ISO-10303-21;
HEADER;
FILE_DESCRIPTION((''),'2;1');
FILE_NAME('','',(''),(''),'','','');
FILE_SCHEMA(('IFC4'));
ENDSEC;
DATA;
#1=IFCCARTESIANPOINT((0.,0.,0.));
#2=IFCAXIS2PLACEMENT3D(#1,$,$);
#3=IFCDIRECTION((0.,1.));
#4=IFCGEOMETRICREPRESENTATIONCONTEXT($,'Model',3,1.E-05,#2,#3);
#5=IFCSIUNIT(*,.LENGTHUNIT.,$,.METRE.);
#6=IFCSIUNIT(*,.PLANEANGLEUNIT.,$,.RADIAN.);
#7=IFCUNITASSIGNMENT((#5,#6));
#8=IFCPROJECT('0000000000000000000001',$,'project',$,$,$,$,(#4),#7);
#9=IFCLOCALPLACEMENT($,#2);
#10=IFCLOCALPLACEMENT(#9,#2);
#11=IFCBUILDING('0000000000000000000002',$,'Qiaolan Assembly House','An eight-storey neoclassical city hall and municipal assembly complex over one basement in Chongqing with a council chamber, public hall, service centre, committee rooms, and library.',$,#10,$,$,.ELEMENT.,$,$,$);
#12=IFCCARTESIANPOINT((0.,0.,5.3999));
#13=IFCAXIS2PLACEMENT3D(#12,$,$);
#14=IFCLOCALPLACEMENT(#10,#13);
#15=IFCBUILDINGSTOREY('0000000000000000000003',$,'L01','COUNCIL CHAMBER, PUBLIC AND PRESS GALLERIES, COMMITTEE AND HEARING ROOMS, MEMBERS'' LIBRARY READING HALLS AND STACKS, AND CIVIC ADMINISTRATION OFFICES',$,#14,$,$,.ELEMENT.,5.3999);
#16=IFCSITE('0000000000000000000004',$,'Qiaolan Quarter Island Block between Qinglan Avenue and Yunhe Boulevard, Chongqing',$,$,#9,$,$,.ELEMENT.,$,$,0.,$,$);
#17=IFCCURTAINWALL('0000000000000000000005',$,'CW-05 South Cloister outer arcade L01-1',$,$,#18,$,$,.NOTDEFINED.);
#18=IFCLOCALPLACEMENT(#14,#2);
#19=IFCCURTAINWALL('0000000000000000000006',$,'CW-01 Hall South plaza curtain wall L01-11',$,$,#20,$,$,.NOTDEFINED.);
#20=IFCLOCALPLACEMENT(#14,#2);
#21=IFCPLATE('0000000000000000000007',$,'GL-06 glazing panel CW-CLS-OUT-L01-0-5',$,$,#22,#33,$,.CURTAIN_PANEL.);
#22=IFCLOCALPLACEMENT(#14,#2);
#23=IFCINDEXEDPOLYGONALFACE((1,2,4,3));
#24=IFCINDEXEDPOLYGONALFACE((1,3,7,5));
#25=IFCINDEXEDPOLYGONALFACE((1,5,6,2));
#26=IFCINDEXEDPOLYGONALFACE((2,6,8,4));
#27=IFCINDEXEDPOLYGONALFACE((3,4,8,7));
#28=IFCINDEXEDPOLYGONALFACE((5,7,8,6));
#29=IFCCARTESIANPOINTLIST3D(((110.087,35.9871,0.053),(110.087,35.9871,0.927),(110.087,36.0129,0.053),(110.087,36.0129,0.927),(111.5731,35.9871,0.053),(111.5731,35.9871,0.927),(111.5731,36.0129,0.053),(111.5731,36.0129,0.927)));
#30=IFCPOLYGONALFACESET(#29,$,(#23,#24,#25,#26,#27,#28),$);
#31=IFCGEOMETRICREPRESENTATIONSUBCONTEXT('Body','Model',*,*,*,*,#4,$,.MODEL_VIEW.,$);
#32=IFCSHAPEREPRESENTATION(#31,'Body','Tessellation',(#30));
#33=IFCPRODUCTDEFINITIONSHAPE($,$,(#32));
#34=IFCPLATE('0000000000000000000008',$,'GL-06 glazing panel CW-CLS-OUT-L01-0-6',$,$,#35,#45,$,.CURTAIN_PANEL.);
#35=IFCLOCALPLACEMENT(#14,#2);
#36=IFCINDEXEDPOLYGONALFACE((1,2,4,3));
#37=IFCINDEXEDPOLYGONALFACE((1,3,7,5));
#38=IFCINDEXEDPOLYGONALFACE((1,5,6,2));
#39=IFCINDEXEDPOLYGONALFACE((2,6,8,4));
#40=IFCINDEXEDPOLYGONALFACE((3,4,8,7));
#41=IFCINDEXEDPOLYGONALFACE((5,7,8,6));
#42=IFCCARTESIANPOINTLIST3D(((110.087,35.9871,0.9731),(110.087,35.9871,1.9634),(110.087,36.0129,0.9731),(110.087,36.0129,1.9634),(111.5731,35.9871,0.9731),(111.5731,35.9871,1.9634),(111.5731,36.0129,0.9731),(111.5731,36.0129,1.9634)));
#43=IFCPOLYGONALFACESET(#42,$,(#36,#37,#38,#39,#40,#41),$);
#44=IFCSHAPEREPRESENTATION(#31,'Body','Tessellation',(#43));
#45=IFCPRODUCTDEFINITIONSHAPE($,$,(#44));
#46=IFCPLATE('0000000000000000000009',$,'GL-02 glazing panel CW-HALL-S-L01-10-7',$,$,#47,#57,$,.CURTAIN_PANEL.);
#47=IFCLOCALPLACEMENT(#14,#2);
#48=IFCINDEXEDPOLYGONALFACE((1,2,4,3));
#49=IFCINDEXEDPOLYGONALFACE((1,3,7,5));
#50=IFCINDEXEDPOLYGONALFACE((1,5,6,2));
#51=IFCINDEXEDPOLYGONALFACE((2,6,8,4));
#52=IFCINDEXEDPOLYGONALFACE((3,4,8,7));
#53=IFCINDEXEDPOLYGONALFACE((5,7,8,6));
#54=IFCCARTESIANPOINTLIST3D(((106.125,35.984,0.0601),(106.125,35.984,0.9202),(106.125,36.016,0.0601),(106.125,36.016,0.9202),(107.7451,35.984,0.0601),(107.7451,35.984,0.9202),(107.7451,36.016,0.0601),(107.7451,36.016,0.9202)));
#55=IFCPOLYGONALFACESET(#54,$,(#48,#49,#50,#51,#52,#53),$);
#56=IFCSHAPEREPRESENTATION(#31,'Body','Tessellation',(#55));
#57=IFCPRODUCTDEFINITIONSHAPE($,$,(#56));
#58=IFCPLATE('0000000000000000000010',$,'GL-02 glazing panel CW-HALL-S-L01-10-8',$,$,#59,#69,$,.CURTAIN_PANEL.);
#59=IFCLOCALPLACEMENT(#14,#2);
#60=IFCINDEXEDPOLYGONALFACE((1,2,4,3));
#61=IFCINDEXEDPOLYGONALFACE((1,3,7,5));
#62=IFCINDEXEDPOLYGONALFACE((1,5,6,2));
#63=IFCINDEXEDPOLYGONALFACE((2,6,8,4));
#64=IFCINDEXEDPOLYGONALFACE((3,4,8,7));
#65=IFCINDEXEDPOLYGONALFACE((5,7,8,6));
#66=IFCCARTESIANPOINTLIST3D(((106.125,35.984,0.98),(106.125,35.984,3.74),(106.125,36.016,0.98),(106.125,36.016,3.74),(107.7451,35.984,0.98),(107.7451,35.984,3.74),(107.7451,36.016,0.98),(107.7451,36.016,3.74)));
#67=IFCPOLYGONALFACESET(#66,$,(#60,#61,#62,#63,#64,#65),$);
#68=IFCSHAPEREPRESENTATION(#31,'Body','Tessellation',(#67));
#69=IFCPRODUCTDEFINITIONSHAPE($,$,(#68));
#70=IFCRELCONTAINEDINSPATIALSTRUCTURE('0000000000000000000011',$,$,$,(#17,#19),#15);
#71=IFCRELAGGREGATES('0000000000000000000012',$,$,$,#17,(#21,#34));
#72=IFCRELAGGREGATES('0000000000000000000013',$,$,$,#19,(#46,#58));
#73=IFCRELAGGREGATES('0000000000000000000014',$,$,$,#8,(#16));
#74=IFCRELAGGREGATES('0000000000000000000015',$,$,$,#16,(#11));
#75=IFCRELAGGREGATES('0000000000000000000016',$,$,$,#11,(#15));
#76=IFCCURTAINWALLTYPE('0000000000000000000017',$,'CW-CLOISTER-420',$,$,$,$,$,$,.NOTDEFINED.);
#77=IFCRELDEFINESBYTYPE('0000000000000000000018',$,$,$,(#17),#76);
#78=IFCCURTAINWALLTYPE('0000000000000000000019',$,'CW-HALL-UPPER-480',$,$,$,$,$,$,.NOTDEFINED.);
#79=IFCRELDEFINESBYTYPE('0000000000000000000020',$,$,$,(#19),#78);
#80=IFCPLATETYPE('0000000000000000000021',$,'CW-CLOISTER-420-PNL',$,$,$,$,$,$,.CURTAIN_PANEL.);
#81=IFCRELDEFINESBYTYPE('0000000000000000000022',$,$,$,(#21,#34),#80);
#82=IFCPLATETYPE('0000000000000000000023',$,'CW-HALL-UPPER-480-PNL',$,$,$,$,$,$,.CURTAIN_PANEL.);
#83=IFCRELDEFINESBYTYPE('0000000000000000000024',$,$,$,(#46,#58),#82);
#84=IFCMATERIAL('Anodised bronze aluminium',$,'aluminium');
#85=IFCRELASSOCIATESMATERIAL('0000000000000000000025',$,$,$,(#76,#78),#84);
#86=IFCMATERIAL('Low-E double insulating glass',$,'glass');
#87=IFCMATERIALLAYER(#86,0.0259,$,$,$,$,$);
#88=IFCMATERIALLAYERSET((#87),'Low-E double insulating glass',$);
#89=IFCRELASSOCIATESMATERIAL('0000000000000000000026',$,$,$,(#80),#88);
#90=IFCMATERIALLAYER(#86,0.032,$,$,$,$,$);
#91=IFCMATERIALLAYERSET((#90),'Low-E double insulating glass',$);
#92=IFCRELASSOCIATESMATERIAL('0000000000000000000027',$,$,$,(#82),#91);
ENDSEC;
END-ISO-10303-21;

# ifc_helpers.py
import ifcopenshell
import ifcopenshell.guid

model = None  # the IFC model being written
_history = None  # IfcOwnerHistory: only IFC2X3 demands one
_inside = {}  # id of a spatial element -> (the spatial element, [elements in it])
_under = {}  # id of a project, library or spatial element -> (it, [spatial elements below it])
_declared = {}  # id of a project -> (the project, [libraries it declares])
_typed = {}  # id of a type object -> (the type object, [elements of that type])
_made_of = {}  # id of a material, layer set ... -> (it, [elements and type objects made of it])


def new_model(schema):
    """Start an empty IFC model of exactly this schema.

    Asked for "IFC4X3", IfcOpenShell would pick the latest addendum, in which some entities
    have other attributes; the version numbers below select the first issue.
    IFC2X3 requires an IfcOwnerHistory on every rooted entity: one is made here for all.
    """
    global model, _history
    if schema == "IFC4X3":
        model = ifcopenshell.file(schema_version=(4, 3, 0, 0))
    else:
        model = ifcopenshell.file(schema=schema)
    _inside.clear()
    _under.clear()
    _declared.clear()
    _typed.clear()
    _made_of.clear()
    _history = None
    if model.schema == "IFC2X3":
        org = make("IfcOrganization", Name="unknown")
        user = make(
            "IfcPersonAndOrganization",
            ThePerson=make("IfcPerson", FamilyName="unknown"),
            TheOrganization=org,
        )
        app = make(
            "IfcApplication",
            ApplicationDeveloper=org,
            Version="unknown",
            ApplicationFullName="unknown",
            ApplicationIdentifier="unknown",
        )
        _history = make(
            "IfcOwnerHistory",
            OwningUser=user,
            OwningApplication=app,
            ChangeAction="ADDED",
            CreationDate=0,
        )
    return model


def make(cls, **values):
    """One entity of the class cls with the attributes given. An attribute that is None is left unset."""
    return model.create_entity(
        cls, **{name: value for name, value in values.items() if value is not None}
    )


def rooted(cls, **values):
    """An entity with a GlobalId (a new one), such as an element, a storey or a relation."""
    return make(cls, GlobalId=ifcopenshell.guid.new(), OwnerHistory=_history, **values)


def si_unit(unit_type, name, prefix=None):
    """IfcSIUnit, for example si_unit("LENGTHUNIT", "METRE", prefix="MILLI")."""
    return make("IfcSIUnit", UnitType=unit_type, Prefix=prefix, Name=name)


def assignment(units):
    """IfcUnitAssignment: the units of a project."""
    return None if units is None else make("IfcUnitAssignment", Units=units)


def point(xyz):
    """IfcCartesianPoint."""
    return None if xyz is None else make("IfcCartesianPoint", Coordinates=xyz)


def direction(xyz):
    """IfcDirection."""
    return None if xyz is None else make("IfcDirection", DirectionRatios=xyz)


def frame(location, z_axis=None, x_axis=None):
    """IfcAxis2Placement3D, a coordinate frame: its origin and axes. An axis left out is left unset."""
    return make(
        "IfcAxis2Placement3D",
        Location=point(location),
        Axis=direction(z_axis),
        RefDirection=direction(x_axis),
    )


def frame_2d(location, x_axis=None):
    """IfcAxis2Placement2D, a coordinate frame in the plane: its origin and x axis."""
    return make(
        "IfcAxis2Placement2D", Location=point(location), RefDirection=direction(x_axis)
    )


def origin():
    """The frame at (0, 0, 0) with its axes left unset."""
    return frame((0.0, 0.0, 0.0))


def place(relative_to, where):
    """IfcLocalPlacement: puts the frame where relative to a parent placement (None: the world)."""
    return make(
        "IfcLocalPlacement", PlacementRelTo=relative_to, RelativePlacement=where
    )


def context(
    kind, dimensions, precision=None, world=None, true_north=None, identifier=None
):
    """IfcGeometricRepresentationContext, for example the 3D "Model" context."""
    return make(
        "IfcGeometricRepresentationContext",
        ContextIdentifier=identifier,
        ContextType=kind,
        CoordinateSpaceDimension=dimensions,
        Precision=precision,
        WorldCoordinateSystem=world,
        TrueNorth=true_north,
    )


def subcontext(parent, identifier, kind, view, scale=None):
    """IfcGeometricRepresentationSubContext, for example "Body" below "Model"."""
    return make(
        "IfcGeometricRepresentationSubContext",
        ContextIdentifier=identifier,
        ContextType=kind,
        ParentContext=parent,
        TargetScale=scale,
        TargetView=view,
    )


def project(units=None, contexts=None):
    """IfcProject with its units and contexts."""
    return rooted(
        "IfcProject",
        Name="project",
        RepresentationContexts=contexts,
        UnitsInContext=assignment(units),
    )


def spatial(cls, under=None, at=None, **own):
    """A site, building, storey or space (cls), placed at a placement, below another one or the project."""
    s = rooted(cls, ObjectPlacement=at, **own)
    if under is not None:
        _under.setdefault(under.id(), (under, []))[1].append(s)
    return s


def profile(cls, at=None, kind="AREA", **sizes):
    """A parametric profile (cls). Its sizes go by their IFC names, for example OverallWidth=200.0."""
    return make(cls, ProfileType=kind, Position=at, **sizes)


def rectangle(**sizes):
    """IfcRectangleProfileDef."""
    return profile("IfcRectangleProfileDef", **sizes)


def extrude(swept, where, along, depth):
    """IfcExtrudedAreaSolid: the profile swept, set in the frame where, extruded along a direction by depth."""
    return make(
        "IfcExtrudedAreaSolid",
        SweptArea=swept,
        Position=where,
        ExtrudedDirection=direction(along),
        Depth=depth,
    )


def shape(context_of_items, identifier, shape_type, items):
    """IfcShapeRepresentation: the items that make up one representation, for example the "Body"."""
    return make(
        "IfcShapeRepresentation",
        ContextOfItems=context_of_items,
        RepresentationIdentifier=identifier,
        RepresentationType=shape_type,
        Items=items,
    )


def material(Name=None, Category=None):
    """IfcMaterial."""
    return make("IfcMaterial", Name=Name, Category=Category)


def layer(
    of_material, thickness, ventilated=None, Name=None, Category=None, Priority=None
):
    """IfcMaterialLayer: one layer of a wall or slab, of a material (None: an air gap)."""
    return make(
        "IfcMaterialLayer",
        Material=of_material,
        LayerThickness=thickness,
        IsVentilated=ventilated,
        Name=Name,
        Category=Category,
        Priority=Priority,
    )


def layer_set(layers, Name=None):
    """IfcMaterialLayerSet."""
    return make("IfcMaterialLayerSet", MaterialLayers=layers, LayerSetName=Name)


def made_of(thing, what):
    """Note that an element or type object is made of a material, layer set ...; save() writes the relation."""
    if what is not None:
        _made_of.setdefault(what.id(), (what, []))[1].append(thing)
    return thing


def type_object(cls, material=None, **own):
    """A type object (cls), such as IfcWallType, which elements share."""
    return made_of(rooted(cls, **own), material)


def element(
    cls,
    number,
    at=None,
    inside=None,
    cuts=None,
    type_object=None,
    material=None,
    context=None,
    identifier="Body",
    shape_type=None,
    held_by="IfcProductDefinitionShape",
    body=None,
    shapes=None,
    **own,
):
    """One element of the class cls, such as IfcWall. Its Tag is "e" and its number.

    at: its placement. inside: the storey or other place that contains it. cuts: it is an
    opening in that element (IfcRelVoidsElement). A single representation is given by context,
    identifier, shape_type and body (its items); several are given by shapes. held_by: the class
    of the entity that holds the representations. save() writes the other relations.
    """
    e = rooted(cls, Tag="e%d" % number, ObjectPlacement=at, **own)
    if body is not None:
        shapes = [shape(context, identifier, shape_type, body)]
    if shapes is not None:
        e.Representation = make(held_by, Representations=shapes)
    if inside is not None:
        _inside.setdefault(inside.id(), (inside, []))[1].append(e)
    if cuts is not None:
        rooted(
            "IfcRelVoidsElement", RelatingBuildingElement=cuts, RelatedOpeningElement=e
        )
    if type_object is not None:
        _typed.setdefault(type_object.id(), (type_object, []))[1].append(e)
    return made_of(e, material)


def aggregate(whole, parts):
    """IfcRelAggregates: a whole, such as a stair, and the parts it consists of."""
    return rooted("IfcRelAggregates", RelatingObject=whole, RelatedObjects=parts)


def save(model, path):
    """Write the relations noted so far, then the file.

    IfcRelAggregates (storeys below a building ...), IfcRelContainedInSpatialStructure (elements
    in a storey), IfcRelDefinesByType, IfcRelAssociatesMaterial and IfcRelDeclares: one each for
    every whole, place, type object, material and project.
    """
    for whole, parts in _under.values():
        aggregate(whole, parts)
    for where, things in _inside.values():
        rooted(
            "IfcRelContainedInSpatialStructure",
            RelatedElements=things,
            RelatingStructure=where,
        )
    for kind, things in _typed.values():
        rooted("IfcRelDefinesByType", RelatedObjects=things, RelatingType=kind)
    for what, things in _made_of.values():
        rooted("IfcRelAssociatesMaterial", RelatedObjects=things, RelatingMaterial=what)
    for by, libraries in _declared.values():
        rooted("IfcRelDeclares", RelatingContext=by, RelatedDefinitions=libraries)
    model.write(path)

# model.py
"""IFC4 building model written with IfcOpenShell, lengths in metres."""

from ifc_helpers import new_model, si_unit, direction, frame, frame_2d, origin, place, context, subcontext, project, spatial, rectangle, extrude, material, layer, layer_set, type_object, element, aggregate, save


model = new_model("IFC4")

# Units and contexts
model_context = context("Model", 3, precision=1e-05, world=origin(), true_north=direction((0.0, 1.0)))
body_context = subcontext(model_context, "Body", "Model", "MODEL_VIEW")
ifc_project = project(units=[si_unit("LENGTHUNIT", "METRE"), si_unit("PLANEANGLEUNIT", "RADIAN")], contexts=[model_context])

# Site, building, storey
site_placement = place(None, origin())
site = spatial("IfcSite", under=ifc_project, at=site_placement, Name="Qiaolan Quarter Island Block between Qinglan Avenue and Yunhe Boulevard, Chongqing", CompositionType="ELEMENT", RefElevation=0.0)
building_placement = place(site_placement, origin())
building = spatial("IfcBuilding", under=site, at=building_placement, Name="Qiaolan Assembly House", Description="An eight-storey neoclassical city hall and municipal assembly complex over one basement in Chongqing with a council chamber, public hall, service centre, committee rooms, and library.", CompositionType="ELEMENT")
storey_placement = place(building_placement, frame((0.0, 0.0, 5.3999)))
storey = spatial("IfcBuildingStorey", under=building, at=storey_placement, Name="L01", Description="COUNCIL CHAMBER, PUBLIC AND PRESS GALLERIES, COMMITTEE AND HEARING ROOMS, MEMBERS' LIBRARY READING HALLS AND STACKS, AND CIVIC ADMINISTRATION OFFICES", CompositionType="ELEMENT", Elevation=5.3999)

# Curtain walls
ifc_material_1 = material(Name="Anodised bronze aluminium", Category="aluminium")
curtain_wall_type_1 = type_object("IfcCurtainWallType", Name="CW-CLOISTER-420", PredefinedType="NOTDEFINED", material=ifc_material_1)
curtain_wall_1_placement = place(storey_placement, origin())
curtain_wall_1 = element("IfcCurtainWall", 1, at=curtain_wall_1_placement, inside=storey, type_object=curtain_wall_type_1, Name="CW-05 South Cloister outer arcade L01-1", PredefinedType="NOTDEFINED")
curtain_wall_type_2 = type_object("IfcCurtainWallType", Name="CW-HALL-UPPER-480", PredefinedType="NOTDEFINED", material=ifc_material_1)
curtain_wall_2_placement = place(storey_placement, origin())
curtain_wall_2 = element("IfcCurtainWall", 2, at=curtain_wall_2_placement, inside=storey, type_object=curtain_wall_type_2, Name="CW-01 Hall South plaza curtain wall L01-11", PredefinedType="NOTDEFINED")

# Plates
ifc_material_2 = material(Name="Low-E double insulating glass", Category="glass")
ifc_layer_1 = layer(ifc_material_2, 0.0259)
ifc_layer_set_1 = layer_set([ifc_layer_1], Name="Low-E double insulating glass")
plate_type_1 = type_object("IfcPlateType", Name="CW-CLOISTER-420-PNL", PredefinedType="CURTAIN_PANEL", material=ifc_layer_set_1)
plate_1_placement = place(storey_placement, frame((110.0869, 36.0, 0.053), z_axis=(0.0, 0.0, 1.0), x_axis=(1.0, 0.0, 0.0)))
plate_1 = element("IfcPlate", 3, at=plate_1_placement, type_object=plate_type_1, Name="GL-06 glazing panel CW-CLS-OUT-L01-0-5", PredefinedType="CURTAIN_PANEL", context=body_context, shape_type="SweptSolid", body=[
    extrude(rectangle(XDim=1.4861, YDim=0.0259, at=frame_2d((0.7432, 0.0))), origin(), (0.0, 0.0, 1.0), 0.874),
])
plate_2_placement = place(storey_placement, frame((110.0869, 36.0, 0.9731), z_axis=(0.0, 0.0, 1.0), x_axis=(1.0, 0.0, 0.0)))
plate_2 = element("IfcPlate", 4, at=plate_2_placement, type_object=plate_type_1, Name="GL-06 glazing panel CW-CLS-OUT-L01-0-6", PredefinedType="CURTAIN_PANEL", context=body_context, shape_type="SweptSolid", body=[
    extrude(rectangle(XDim=1.4861, YDim=0.0259, at=frame_2d((0.7432, 0.0))), origin(), (0.0, 0.0, 1.0), 0.9902),
])
aggregate(curtain_wall_1, [plate_1, plate_2])
ifc_layer_2 = layer(ifc_material_2, 0.032)
ifc_layer_set_2 = layer_set([ifc_layer_2], Name="Low-E double insulating glass")
plate_type_2 = type_object("IfcPlateType", Name="CW-HALL-UPPER-480-PNL", PredefinedType="CURTAIN_PANEL", material=ifc_layer_set_2)
plate_3_placement = place(storey_placement, frame((106.125, 36.0, 0.0601), z_axis=(0.0, 0.0, 1.0), x_axis=(1.0, 0.0, 0.0)))
plate_3 = element("IfcPlate", 5, at=plate_3_placement, type_object=plate_type_2, Name="GL-02 glazing panel CW-HALL-S-L01-10-7", PredefinedType="CURTAIN_PANEL", context=body_context, shape_type="SweptSolid", body=[
    extrude(rectangle(XDim=1.6201, YDim=0.032, at=frame_2d((0.8101, 0.0))), origin(), (0.0, 0.0, 1.0), 0.8601),
])
plate_4_placement = place(storey_placement, frame((106.125, 36.0, 0.98), z_axis=(0.0, 0.0, 1.0), x_axis=(1.0, 0.0, 0.0)))
plate_4 = element("IfcPlate", 6, at=plate_4_placement, type_object=plate_type_2, Name="GL-02 glazing panel CW-HALL-S-L01-10-8", PredefinedType="CURTAIN_PANEL", context=body_context, shape_type="SweptSolid", body=[
    extrude(rectangle(XDim=1.6201, YDim=0.032, at=frame_2d((0.8101, 0.0))), origin(), (0.0, 0.0, 1.0), 2.76),
])
aggregate(curtain_wall_2, [plate_3, plate_4])

save(model, "model.ifc")
